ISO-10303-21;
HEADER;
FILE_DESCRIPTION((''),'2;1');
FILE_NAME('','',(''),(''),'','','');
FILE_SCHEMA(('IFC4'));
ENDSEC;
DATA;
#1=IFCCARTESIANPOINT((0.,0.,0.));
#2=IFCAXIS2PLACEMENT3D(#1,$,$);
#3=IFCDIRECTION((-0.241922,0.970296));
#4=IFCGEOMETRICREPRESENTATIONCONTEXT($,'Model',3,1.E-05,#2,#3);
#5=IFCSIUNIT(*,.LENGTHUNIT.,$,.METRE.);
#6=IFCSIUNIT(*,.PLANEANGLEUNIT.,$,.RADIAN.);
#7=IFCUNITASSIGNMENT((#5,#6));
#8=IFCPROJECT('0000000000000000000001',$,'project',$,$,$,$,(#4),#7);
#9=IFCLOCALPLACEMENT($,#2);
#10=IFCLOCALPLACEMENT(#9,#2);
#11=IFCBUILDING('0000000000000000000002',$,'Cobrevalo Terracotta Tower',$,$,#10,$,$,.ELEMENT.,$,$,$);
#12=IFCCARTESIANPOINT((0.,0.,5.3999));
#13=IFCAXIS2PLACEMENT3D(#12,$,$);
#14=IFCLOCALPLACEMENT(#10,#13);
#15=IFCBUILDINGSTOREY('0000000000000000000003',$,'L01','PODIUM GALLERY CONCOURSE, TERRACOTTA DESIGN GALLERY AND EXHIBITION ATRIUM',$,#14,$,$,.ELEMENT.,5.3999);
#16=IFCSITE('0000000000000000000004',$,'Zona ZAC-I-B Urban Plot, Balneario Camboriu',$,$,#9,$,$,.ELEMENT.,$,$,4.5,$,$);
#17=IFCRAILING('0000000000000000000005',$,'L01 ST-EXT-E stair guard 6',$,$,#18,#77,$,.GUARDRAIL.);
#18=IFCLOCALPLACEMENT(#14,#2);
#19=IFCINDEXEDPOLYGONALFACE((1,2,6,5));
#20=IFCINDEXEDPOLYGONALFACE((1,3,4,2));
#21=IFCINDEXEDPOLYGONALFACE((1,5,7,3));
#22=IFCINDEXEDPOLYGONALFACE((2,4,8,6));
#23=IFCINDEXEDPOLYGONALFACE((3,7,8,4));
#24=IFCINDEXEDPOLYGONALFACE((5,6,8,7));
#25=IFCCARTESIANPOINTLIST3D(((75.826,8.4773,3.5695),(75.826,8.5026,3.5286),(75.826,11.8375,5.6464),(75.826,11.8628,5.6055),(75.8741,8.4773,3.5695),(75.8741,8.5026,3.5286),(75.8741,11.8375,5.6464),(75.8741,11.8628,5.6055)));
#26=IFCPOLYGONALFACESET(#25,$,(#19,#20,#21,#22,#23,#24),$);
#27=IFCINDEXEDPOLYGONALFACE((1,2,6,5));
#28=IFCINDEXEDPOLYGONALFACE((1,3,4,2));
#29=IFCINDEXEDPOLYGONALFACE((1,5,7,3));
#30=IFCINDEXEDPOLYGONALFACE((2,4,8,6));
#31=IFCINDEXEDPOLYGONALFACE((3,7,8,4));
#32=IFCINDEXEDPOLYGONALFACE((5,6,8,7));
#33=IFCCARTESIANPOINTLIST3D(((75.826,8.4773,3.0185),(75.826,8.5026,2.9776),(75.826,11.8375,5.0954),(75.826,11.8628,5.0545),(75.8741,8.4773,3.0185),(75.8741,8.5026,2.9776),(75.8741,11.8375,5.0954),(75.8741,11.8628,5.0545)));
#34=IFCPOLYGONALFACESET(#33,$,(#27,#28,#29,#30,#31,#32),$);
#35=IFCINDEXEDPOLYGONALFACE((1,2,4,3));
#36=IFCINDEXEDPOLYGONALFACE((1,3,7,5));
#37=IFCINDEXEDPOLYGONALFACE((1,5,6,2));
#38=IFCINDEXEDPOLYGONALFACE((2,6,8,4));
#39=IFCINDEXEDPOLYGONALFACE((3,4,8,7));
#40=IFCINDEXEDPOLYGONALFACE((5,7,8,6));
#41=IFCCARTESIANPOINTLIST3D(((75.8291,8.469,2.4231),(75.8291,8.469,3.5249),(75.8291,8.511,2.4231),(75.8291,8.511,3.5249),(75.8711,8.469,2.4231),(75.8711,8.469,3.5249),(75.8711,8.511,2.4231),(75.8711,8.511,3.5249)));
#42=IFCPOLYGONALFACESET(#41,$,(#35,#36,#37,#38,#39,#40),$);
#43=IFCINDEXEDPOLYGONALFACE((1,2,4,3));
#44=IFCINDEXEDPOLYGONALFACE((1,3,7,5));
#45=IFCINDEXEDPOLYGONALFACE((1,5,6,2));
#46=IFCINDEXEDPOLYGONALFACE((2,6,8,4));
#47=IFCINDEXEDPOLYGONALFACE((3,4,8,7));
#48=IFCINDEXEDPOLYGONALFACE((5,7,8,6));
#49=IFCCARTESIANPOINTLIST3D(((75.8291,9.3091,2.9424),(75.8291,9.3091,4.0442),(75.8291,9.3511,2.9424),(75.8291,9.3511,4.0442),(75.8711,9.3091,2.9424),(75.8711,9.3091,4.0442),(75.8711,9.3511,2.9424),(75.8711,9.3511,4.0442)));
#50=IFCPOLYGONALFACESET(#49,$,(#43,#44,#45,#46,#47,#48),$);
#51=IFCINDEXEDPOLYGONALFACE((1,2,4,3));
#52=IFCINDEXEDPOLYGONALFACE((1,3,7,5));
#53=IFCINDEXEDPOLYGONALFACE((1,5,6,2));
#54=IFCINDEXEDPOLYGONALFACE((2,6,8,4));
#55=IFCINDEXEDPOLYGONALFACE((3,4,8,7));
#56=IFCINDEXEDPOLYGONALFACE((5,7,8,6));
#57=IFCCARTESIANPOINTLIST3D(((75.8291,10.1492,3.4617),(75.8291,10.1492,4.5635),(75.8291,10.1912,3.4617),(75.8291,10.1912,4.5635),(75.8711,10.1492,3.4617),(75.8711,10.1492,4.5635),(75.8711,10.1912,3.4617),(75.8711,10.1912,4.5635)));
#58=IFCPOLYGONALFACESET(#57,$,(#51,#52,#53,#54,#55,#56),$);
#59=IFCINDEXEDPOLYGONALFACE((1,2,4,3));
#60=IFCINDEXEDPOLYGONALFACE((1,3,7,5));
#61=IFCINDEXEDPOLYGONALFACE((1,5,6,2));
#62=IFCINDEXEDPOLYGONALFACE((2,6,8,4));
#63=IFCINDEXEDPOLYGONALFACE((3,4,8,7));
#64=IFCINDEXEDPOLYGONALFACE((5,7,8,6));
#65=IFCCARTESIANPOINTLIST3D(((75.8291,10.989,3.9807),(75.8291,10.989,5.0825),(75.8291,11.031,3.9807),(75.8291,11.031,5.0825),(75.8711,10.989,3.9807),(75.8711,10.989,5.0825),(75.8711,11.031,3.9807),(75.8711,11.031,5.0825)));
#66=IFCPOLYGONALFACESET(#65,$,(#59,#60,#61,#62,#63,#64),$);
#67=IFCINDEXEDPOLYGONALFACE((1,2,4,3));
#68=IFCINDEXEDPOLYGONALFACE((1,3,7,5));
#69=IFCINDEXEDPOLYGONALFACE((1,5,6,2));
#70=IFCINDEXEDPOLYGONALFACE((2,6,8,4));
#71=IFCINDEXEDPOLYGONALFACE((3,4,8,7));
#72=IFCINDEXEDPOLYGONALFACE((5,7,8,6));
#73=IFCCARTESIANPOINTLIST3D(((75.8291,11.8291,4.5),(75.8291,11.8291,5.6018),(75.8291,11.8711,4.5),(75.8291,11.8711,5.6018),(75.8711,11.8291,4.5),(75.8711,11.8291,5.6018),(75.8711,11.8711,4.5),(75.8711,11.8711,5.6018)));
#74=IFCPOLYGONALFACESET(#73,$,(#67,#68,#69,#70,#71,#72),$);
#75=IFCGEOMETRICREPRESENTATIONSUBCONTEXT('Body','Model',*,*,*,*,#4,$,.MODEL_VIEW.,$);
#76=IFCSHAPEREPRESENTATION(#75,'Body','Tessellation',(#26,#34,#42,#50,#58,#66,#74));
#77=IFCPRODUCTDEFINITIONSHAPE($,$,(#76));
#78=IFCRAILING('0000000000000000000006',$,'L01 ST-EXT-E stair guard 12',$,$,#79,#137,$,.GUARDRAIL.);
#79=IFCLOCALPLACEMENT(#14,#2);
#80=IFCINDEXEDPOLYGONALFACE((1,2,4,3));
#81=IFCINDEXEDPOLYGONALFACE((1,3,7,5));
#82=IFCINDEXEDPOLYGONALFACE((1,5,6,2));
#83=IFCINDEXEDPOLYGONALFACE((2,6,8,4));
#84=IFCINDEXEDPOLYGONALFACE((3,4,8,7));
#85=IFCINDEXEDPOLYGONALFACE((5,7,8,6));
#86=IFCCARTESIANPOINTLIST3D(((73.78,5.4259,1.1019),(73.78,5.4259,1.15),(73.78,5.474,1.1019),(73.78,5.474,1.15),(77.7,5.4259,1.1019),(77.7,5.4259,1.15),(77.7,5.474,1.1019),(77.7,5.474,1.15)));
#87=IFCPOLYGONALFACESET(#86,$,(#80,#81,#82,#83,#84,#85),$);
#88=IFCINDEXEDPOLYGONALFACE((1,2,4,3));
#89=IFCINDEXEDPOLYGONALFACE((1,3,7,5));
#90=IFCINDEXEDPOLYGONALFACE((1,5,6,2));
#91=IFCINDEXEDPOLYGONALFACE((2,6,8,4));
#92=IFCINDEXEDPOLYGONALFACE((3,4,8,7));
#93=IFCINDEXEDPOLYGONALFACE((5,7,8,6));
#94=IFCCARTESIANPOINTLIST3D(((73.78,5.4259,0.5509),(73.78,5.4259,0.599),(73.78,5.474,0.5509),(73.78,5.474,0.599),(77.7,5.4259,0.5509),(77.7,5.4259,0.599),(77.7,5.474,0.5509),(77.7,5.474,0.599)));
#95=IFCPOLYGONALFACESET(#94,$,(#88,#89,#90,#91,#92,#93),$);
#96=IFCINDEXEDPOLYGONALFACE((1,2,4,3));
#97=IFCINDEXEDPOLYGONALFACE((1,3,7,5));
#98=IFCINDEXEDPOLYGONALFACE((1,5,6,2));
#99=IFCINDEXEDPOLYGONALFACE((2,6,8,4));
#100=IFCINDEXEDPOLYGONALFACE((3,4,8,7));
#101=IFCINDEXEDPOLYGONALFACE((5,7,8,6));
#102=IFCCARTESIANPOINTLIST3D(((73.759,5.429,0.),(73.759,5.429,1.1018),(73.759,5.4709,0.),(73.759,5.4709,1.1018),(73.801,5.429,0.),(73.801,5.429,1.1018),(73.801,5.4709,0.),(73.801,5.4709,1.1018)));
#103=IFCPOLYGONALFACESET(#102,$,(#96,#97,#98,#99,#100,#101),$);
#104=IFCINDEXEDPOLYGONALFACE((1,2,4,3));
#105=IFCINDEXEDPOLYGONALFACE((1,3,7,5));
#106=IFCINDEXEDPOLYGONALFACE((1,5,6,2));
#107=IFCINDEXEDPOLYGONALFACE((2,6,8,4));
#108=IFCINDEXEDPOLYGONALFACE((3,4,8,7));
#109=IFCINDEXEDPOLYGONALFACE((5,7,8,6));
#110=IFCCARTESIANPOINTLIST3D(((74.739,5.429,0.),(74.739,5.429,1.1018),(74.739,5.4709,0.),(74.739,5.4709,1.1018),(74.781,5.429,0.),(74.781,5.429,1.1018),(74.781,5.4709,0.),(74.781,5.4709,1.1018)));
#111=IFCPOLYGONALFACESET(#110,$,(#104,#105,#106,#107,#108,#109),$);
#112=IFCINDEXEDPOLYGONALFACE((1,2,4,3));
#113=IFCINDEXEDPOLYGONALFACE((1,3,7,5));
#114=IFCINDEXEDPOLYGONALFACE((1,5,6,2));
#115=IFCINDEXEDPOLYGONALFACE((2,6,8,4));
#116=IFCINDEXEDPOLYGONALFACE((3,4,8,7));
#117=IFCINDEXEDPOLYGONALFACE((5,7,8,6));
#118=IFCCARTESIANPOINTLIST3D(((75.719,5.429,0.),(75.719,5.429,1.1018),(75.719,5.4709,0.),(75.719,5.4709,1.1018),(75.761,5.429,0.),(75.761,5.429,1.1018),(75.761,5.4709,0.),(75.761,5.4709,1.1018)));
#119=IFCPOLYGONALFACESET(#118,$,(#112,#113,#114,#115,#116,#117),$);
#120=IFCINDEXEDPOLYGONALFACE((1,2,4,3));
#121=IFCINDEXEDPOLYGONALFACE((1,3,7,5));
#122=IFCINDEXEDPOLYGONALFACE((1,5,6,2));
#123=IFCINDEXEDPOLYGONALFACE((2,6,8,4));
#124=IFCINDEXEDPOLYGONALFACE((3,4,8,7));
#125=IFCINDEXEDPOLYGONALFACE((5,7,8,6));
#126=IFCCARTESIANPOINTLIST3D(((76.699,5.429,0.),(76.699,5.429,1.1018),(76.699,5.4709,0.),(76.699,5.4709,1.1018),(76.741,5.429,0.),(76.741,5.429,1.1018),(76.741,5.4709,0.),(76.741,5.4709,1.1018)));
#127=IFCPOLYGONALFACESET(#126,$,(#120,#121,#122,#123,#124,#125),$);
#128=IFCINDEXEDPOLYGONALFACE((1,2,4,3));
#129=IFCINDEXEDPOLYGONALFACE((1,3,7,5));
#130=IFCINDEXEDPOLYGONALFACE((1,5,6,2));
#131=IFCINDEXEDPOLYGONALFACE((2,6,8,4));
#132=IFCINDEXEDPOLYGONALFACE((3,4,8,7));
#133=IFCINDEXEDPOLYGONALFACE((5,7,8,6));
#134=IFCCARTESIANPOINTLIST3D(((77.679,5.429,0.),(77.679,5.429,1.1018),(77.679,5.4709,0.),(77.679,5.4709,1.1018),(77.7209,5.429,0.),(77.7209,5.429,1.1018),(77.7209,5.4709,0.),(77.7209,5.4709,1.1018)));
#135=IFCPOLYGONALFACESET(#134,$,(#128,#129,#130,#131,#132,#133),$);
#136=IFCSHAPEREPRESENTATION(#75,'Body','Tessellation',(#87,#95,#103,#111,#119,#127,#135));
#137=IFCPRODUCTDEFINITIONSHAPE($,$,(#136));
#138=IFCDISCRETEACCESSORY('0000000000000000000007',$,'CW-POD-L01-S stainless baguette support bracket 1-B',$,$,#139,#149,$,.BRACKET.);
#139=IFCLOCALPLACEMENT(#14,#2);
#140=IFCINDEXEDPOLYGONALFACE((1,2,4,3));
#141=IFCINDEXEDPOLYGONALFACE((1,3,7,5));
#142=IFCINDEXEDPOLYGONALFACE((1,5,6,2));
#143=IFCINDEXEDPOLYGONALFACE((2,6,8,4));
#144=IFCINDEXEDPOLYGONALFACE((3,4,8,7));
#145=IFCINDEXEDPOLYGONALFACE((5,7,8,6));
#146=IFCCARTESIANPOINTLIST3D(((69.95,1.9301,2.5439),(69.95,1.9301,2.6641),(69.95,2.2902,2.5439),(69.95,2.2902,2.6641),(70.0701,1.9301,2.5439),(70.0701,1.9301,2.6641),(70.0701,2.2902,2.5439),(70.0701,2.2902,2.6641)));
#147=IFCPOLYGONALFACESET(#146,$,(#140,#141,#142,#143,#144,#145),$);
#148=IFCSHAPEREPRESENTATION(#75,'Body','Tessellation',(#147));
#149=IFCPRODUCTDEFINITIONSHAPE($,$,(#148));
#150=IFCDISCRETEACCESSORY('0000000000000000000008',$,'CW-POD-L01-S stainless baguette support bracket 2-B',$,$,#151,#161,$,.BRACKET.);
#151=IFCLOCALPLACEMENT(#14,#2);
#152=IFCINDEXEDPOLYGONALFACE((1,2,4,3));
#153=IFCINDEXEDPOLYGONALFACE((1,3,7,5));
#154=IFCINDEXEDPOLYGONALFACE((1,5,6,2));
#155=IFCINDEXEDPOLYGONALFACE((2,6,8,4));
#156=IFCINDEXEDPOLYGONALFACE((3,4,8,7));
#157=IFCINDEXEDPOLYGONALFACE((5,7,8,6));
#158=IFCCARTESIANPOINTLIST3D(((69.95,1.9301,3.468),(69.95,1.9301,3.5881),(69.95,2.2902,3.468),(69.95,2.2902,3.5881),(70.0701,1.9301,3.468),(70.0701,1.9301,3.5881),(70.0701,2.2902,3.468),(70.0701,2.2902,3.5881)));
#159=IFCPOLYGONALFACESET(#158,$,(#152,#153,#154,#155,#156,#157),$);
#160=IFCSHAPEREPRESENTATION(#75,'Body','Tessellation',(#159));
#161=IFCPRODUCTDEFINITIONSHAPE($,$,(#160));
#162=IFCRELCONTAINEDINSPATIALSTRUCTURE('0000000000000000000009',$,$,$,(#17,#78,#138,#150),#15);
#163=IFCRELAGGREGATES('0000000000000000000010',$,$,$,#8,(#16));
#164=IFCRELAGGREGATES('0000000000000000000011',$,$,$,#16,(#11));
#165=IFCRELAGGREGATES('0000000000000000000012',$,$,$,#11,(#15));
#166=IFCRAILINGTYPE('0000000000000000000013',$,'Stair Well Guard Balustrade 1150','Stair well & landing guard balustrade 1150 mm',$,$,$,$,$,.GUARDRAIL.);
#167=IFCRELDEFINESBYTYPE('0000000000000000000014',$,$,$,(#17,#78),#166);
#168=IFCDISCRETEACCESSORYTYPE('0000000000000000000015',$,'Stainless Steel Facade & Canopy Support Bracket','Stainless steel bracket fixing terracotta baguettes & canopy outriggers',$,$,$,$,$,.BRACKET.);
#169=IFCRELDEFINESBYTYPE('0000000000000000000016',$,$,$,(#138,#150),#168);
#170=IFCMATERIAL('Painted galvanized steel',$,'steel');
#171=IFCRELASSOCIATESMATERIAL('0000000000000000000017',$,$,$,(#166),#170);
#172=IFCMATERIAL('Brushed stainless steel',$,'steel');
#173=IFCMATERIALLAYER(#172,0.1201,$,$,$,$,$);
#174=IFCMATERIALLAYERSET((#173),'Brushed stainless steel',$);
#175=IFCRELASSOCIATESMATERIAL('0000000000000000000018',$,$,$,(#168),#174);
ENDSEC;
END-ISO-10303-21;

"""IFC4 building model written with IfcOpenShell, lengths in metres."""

from ifc_helpers import new_model, si_unit, direction, frame, origin, origin_2d, place, context, subcontext, project, spatial, rectangle, extrude, source, transform, mapped, material, layer, layer_set, type_object, element, save


model = new_model("IFC4")

# Units and contexts
model_context = context("Model", 3, precision=1e-05, world=origin(), true_north=direction((-0.241922, 0.970296)))
body_context = subcontext(model_context, "Body", "Model", "MODEL_VIEW")
ifc_project = project(units=[si_unit("LENGTHUNIT", "METRE"), si_unit("PLANEANGLEUNIT", "RADIAN")], contexts=[model_context])

# Site, building, storey
site_placement = place(None, origin())
site = spatial("IfcSite", under=ifc_project, at=site_placement, Name="Zona ZAC-I-B Urban Plot, Balneario Camboriu", CompositionType="ELEMENT", RefElevation=4.5)
building_placement = place(site_placement, origin())
building = spatial("IfcBuilding", under=site, at=building_placement, Name="Cobrevalo Terracotta Tower", CompositionType="ELEMENT")
storey_placement = place(building_placement, frame((0.0, 0.0, 5.3999)))
storey = spatial("IfcBuildingStorey", under=building, at=storey_placement, Name="L01", Description="PODIUM GALLERY CONCOURSE, TERRACOTTA DESIGN GALLERY AND EXHIBITION ATRIUM", CompositionType="ELEMENT", Elevation=5.3999)

# Railings
ifc_material_1 = material(Name="Painted galvanized steel", Category="steel")
railing_type = type_object("IfcRailingType", Name="Stair Well Guard Balustrade 1150", Description="Stair well & landing guard balustrade 1150 mm", PredefinedType="GUARDRAIL", material=ifc_material_1)
railing_1_placement = place(storey_placement, frame((75.8501, 8.49, 2.4231)))
element("IfcRailing", 1, at=railing_1_placement, inside=storey, type_object=railing_type, Name="L01 ST-EXT-E stair guard 6", PredefinedType="GUARDRAIL", context=body_context, shape_type="SweptSolid", body=[
    extrude(rectangle(XDim=0.0481, YDim=0.0481, at=origin_2d()), frame((0.0, 0.0, 1.126), z_axis=(0.0, 0.850623, 0.525776), x_axis=(-1.0, 0.0, 0.0)), (0.0, 0.0, 1.0), 3.9502),
    extrude(rectangle(XDim=0.0481, YDim=0.0481, at=origin_2d()), frame((0.0, 0.0, 0.575), z_axis=(0.0, 0.850623, 0.525776), x_axis=(-1.0, 0.0, 0.0)), (0.0, 0.0, 1.0), 3.9502),
    extrude(rectangle(XDim=0.042, YDim=0.042, at=origin_2d()), origin(), (0.0, 0.0, 1.0), 1.1018),
    extrude(rectangle(XDim=0.042, YDim=0.042, at=origin_2d()), frame((0.0, 0.8401, 0.5193)), (0.0, 0.0, 1.0), 1.1018),
    extrude(rectangle(XDim=0.042, YDim=0.042, at=origin_2d()), frame((0.0, 1.6802, 1.0386)), (0.0, 0.0, 1.0), 1.1018),
    extrude(rectangle(XDim=0.042, YDim=0.042, at=origin_2d()), frame((0.0, 2.52, 1.5576)), (0.0, 0.0, 1.0), 1.1018),
    extrude(rectangle(XDim=0.042, YDim=0.042, at=origin_2d()), frame((0.0, 3.3601, 2.0769)), (0.0, 0.0, 1.0), 1.1018),
])
railing_2_placement = place(storey_placement, frame((73.78, 5.45, 0.0)))
element("IfcRailing", 2, at=railing_2_placement, inside=storey, type_object=railing_type, Name="L01 ST-EXT-E stair guard 12", PredefinedType="GUARDRAIL", context=body_context, shape_type="SweptSolid", body=[
    extrude(rectangle(XDim=0.0481, YDim=0.0481, at=origin_2d()), frame((0.0, 0.0, 1.126), z_axis=(1.0, 0.0, 0.0), x_axis=(0.0, 1.0, 0.0)), (0.0, 0.0, 1.0), 3.9199),
    extrude(rectangle(XDim=0.0481, YDim=0.0481, at=origin_2d()), frame((0.0, 0.0, 0.575), z_axis=(1.0, 0.0, 0.0), x_axis=(0.0, 1.0, 0.0)), (0.0, 0.0, 1.0), 3.9199),
    extrude(rectangle(XDim=0.042, YDim=0.042, at=origin_2d()), origin(), (0.0, 0.0, 1.0), 1.1018),
    extrude(rectangle(XDim=0.042, YDim=0.042, at=origin_2d()), frame((0.98, 0.0, 0.0)), (0.0, 0.0, 1.0), 1.1018),
    extrude(rectangle(XDim=0.042, YDim=0.042, at=origin_2d()), frame((1.96, 0.0, 0.0)), (0.0, 0.0, 1.0), 1.1018),
    extrude(rectangle(XDim=0.042, YDim=0.042, at=origin_2d()), frame((2.9399, 0.0, 0.0)), (0.0, 0.0, 1.0), 1.1018),
    extrude(rectangle(XDim=0.042, YDim=0.042, at=origin_2d()), frame((3.9199, 0.0, 0.0)), (0.0, 0.0, 1.0), 1.1018),
])

# Discrete accessories
ifc_material_2 = material(Name="Brushed stainless steel", Category="steel")
ifc_layer_1 = layer(ifc_material_2, 0.1201)
ifc_layer_set_1 = layer_set([ifc_layer_1], Name="Brushed stainless steel")
discrete_accessory_type = type_object("IfcDiscreteAccessoryType", Name="Stainless Steel Facade & Canopy Support Bracket", Description="Stainless steel bracket fixing terracotta baguettes & canopy outriggers", PredefinedType="BRACKET", material=ifc_layer_set_1)
shared_shape_1 = source(origin(), body_context, "Body", "SweptSolid", [
    extrude(rectangle(XDim=0.1201, YDim=0.3601, at=origin_2d()), origin(), (0.0, 0.0, 1.0), 0.1201),
])
for number, where, z_axis, x_axis, name in (
    (3, (70.01, 2.1101, 2.5439), (0.0, 0.0, 1.0), (1.0, 0.0, 0.0), "CW-POD-L01-S stainless baguette support bracket 1-B"),
    (4, (70.01, 2.1101, 3.468), (0.0, 0.0, 1.0), (1.0, 0.0, 0.0), "CW-POD-L01-S stainless baguette support bracket 2-B"),
):
    element("IfcDiscreteAccessory", number, at=place(storey_placement, frame(where, z_axis=z_axis, x_axis=x_axis)), inside=storey, type_object=discrete_accessory_type, Name=name, PredefinedType="BRACKET", context=body_context, shape_type="MappedRepresentation", body=[
        mapped(shared_shape_1, transform((0.0, 0.0, 0.0), scale=1.0)),
    ])

save(model, "model.ifc")
